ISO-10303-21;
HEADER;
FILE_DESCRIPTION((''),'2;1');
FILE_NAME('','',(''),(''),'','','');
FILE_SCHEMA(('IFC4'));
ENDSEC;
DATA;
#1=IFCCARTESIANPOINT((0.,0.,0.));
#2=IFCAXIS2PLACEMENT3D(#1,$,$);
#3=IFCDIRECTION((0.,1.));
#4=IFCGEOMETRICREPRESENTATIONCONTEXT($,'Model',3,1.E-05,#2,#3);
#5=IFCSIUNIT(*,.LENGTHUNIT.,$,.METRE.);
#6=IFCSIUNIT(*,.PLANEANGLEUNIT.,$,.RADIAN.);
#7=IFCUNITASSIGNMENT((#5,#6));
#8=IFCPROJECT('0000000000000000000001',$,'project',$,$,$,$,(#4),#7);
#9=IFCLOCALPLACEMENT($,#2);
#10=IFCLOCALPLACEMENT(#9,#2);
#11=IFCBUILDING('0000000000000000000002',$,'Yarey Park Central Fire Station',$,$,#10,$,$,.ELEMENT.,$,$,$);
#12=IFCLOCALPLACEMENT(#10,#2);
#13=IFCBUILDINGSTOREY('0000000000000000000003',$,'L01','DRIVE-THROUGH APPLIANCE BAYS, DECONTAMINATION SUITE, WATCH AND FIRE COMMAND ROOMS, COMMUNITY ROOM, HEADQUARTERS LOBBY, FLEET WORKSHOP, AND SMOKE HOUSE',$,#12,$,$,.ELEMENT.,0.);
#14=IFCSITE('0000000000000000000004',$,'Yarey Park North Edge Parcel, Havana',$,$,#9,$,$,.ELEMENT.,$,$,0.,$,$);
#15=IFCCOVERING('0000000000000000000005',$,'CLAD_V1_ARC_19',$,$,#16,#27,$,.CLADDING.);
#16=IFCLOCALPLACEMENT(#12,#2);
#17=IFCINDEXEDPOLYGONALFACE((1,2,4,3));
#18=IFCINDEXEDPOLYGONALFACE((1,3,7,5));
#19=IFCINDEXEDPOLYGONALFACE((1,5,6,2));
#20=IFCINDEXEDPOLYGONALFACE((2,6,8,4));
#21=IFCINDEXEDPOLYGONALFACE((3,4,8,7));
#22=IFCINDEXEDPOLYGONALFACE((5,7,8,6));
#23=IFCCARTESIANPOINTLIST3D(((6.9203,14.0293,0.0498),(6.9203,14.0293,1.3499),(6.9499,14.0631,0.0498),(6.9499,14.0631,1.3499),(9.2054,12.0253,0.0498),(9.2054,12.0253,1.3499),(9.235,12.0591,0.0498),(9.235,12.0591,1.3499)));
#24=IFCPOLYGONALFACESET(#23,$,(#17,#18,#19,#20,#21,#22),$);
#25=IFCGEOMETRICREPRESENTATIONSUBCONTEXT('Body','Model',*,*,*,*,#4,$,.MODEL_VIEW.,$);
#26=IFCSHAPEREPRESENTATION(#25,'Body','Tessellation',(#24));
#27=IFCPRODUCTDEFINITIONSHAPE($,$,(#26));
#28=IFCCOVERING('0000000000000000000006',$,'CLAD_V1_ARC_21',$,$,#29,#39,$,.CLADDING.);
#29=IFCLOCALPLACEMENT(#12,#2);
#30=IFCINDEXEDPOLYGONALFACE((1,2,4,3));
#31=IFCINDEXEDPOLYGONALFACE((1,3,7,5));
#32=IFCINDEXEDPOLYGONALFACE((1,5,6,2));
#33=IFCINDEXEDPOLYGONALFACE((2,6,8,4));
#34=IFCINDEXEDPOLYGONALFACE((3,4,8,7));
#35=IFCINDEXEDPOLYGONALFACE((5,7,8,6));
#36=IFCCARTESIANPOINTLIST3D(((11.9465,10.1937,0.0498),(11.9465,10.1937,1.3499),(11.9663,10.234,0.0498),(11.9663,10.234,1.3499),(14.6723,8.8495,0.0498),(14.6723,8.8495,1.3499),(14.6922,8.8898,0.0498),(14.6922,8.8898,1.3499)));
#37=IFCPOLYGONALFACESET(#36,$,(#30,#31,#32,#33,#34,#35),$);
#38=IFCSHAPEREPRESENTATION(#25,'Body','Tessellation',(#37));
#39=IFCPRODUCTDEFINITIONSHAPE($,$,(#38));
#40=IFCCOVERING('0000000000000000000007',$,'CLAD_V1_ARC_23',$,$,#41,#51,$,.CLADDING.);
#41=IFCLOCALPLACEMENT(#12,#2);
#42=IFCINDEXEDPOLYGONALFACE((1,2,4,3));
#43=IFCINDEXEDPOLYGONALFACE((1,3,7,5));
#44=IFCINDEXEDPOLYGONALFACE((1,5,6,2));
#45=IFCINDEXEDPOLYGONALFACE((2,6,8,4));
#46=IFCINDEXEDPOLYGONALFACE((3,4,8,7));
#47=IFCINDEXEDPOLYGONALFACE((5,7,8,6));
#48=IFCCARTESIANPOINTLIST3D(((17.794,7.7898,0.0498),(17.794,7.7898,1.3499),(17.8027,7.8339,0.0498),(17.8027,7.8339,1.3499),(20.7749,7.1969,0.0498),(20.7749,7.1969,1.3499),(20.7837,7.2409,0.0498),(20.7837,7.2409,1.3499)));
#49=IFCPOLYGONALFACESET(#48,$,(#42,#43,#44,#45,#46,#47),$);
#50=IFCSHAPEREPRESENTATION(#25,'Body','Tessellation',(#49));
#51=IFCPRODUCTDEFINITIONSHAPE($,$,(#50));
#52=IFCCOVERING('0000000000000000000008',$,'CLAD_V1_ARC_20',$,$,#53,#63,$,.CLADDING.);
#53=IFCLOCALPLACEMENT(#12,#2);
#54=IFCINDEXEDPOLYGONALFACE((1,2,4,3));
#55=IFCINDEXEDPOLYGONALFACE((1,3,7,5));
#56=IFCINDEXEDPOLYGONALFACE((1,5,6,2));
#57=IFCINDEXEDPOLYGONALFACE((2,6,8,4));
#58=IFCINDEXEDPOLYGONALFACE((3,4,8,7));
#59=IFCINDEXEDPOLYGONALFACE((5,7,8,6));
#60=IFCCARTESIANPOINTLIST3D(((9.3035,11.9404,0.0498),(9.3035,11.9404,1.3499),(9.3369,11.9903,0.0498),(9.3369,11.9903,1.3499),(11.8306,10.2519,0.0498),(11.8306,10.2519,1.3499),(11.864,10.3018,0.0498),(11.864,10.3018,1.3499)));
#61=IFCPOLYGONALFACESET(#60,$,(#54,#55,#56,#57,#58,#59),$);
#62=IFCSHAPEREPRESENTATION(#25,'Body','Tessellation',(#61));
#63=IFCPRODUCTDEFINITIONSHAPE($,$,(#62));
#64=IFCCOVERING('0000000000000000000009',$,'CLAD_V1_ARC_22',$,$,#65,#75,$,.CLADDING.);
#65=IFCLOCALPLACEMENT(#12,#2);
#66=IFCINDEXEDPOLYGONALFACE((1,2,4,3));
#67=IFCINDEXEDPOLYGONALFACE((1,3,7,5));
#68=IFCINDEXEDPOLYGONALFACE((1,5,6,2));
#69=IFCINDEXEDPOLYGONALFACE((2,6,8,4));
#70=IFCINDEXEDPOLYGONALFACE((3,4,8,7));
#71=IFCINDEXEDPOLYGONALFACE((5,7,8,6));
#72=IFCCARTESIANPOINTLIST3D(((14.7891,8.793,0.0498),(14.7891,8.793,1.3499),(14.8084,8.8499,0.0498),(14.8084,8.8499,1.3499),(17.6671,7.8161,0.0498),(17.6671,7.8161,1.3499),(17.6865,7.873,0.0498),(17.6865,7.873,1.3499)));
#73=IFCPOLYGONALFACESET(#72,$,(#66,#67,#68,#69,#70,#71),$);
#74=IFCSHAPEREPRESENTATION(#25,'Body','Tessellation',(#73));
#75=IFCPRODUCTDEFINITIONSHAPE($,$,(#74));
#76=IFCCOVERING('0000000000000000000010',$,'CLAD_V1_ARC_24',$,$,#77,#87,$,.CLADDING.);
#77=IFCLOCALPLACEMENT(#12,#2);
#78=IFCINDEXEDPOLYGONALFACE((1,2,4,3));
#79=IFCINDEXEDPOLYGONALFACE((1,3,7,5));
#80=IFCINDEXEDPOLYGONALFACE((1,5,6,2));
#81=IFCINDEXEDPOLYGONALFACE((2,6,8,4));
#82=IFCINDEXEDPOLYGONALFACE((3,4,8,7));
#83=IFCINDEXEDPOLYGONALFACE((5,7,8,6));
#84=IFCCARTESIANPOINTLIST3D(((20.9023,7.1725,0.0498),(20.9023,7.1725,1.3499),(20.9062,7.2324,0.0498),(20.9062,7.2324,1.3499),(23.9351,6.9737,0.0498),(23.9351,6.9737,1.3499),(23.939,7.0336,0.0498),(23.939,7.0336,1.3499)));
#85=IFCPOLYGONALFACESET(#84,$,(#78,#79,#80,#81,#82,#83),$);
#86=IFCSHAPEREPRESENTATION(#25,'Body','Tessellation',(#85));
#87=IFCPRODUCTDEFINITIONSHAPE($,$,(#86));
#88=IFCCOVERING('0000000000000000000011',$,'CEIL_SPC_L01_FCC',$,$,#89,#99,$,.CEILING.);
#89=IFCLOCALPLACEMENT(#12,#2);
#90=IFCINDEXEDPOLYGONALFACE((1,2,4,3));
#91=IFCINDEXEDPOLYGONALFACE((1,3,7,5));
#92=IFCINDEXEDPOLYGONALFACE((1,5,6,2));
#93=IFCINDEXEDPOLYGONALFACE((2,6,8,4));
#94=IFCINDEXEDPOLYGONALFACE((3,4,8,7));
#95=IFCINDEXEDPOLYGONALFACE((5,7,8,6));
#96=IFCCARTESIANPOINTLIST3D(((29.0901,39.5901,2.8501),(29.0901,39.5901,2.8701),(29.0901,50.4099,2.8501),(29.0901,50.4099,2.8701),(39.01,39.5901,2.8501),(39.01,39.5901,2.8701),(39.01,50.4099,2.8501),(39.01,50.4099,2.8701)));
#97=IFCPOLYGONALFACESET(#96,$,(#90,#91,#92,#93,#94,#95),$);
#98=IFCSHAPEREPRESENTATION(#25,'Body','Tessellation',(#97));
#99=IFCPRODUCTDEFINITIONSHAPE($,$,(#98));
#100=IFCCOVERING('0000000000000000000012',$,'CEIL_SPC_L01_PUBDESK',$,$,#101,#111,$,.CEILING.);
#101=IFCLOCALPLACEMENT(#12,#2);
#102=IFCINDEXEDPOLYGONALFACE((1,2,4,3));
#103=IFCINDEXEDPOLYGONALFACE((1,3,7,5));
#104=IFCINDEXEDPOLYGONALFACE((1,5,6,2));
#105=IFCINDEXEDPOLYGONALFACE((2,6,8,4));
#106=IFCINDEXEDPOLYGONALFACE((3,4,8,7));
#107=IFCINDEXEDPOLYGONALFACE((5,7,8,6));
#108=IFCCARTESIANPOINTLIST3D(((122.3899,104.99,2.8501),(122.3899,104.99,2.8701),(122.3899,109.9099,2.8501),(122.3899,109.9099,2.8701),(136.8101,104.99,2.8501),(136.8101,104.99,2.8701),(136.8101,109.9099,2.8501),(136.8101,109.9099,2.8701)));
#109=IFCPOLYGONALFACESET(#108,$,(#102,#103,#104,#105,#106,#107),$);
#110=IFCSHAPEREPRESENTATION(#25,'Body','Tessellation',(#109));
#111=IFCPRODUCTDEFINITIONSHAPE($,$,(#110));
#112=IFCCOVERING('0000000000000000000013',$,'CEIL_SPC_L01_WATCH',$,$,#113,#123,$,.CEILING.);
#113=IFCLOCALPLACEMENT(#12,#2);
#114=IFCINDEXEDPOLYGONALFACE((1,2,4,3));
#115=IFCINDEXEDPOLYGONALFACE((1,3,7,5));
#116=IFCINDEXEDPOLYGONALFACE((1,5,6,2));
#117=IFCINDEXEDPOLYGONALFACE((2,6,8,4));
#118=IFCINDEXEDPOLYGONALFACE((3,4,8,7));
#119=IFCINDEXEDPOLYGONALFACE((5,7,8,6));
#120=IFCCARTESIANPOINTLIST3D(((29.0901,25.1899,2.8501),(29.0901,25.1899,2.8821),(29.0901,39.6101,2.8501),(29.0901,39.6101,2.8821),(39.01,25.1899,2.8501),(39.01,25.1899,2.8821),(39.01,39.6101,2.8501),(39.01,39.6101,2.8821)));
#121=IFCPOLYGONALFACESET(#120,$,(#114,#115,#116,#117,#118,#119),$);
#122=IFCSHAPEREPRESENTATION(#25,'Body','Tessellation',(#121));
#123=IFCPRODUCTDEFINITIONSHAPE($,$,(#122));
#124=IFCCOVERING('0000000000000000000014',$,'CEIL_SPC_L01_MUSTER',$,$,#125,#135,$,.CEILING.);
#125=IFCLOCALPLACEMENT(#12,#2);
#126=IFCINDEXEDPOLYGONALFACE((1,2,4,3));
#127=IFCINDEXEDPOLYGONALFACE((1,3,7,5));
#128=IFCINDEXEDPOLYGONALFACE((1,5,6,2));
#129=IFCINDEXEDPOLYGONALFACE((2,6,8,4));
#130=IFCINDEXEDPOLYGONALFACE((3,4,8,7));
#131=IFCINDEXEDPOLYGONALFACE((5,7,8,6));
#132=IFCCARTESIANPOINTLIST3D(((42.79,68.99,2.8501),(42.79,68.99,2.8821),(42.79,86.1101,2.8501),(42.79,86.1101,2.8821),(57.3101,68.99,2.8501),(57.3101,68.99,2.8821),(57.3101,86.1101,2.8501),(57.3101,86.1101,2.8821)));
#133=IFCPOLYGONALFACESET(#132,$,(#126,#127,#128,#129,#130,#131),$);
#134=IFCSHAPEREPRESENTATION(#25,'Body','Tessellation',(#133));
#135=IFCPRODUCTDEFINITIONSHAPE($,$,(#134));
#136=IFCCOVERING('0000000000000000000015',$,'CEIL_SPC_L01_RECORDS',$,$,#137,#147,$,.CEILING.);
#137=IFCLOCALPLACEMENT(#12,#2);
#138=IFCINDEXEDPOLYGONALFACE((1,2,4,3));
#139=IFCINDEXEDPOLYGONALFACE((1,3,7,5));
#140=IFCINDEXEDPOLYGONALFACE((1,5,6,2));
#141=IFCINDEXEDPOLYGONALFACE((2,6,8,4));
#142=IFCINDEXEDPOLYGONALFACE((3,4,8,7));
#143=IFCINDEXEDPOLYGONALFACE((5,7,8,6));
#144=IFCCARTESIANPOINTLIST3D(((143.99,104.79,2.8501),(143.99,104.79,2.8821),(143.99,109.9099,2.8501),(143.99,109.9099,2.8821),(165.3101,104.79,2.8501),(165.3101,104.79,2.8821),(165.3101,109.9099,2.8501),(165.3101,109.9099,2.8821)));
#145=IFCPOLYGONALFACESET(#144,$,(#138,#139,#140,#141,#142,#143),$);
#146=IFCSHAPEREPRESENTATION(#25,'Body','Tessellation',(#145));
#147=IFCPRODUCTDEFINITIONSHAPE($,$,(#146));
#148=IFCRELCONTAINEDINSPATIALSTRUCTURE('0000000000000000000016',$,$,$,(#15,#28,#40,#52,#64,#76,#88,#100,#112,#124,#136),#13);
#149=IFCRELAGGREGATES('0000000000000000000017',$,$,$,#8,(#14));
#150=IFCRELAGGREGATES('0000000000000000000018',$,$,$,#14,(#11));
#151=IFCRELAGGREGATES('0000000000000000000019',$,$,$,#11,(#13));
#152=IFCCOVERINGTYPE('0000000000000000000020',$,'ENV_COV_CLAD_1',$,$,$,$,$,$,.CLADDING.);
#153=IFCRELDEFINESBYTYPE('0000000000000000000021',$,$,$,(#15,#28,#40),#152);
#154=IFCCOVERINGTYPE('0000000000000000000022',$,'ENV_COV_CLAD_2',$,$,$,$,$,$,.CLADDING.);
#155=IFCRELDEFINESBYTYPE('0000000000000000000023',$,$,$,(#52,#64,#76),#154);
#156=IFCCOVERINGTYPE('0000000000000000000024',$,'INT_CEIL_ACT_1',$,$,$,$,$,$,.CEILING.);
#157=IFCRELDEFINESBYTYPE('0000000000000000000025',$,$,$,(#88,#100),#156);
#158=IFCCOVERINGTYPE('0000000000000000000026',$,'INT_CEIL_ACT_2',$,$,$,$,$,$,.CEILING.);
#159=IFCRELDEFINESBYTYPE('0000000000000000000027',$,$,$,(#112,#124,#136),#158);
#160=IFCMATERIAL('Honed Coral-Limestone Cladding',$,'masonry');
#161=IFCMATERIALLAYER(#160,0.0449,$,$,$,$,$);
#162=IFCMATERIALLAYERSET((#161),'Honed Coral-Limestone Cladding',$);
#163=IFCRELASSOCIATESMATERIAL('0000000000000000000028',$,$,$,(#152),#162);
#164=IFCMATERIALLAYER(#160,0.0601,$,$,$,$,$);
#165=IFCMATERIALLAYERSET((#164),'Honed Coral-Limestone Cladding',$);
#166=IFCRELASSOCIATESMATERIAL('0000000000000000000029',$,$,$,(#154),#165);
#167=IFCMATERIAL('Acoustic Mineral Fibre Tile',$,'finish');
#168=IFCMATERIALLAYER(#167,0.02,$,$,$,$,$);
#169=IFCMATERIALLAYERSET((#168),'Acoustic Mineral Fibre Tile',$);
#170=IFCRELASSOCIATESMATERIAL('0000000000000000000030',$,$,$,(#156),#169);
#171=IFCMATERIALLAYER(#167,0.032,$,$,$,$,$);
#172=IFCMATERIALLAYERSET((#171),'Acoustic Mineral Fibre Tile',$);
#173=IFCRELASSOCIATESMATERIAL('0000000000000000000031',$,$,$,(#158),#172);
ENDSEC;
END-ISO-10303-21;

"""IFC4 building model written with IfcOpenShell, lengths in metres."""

from ifc_helpers import new_model, si_unit, direction, frame, origin, origin_2d, place, context, subcontext, project, spatial, polyline, rectangle, outline, extrude, material, layer, layer_set, type_object, element, save


model = new_model("IFC4")

# Units and contexts
model_context = context("Model", 3, precision=1e-05, world=origin(), true_north=direction((0.0, 1.0)))
body_context = subcontext(model_context, "Body", "Model", "MODEL_VIEW")
ifc_project = project(units=[si_unit("LENGTHUNIT", "METRE"), si_unit("PLANEANGLEUNIT", "RADIAN")], contexts=[model_context])

# Site, building, storey
site_placement = place(None, origin())
site = spatial("IfcSite", under=ifc_project, at=site_placement, Name="Yarey Park North Edge Parcel, Havana", CompositionType="ELEMENT", RefElevation=0.0)
building_placement = place(site_placement, origin())
building = spatial("IfcBuilding", under=site, at=building_placement, Name="Yarey Park Central Fire Station", CompositionType="ELEMENT")
storey_placement = place(building_placement, origin())
storey = spatial("IfcBuildingStorey", under=building, at=storey_placement, Name="L01", Description="DRIVE-THROUGH APPLIANCE BAYS, DECONTAMINATION SUITE, WATCH AND FIRE COMMAND ROOMS, COMMUNITY ROOM, HEADQUARTERS LOBBY, FLEET WORKSHOP, AND SMOKE HOUSE", CompositionType="ELEMENT", Elevation=0.0)

# Coverings
ifc_material_1 = material(Name="Honed Coral-Limestone Cladding", Category="masonry")
ifc_layer_1 = layer(ifc_material_1, 0.0449)
ifc_layer_set_1 = layer_set([ifc_layer_1], Name="Honed Coral-Limestone Cladding")
covering_type_1 = type_object("IfcCoveringType", Name="ENV_COV_CLAD_1", PredefinedType="CLADDING", material=ifc_layer_set_1)
for number, where, z_axis, x_axis, name in (
    (1, (8.0776, 13.0442, 0.0498), (0.0, 0.0, 1.0), (0.75184, -0.659346, 0.0), "CLAD_V1_ARC_19"),
    (2, (13.3193, 9.5417, 0.0498), (0.0, 0.0, 1.0), (0.896873, -0.442289, 0.0), "CLAD_V1_ARC_21"),
    (3, (19.2888, 7.5154, 0.0498), (0.0, 0.0, 1.0), (0.980785, -0.19509, 0.0), "CLAD_V1_ARC_23"),
):
    element("IfcCovering", number, at=place(storey_placement, frame(where, z_axis=z_axis, x_axis=x_axis)), inside=storey, type_object=covering_type_1, Name=name, PredefinedType="CLADDING", context=body_context, shape_type="SweptSolid", body=[
        extrude(rectangle(XDim=3.0393, YDim=0.0449, at=origin_2d()), origin(), (0.0, 0.0, 1.0), 1.3),
    ])
ifc_layer_2 = layer(ifc_material_1, 0.0601)
ifc_layer_set_2 = layer_set([ifc_layer_2], Name="Honed Coral-Limestone Cladding")
covering_type_2 = type_object("IfcCoveringType", Name="ENV_COV_CLAD_2", PredefinedType="CLADDING", material=ifc_layer_set_2)
for number, where, z_axis, x_axis, name in (
    (4, (10.5837, 11.1211, 0.0498), (0.0, 0.0, 1.0), (0.83147, -0.55557, 0.0), "CLAD_V1_ARC_20"),
    (5, (16.2378, 8.333, 0.0498), (0.0, 0.0, 1.0), (0.94693, -0.321439, 0.0), "CLAD_V1_ARC_22"),
    (6, (22.4207, 7.103, 0.0498), (0.0, 0.0, 1.0), (0.997859, -0.065403, 0.0), "CLAD_V1_ARC_24"),
):
    element("IfcCovering", number, at=place(storey_placement, frame(where, z_axis=z_axis, x_axis=x_axis)), inside=storey, type_object=covering_type_2, Name=name, PredefinedType="CLADDING", context=body_context, shape_type="SweptSolid", body=[
        extrude(rectangle(XDim=3.0393, YDim=0.0601, at=origin_2d()), origin(), (0.0, 0.0, 1.0), 1.3),
    ])
ifc_material_2 = material(Name="Acoustic Mineral Fibre Tile", Category="finish")
ifc_layer_3 = layer(ifc_material_2, 0.02)
ifc_layer_set_3 = layer_set([ifc_layer_3], Name="Acoustic Mineral Fibre Tile")
covering_type_3 = type_object("IfcCoveringType", Name="INT_CEIL_ACT_1", PredefinedType="CEILING", material=ifc_layer_set_3)
covering_1_placement = place(storey_placement, frame((0.0, 0.0, 2.8501)))
element("IfcCovering", 7, at=covering_1_placement, inside=storey, type_object=covering_type_3, Name="CEIL_SPC_L01_FCC", PredefinedType="CEILING", context=body_context, shape_type="SweptSolid", body=[
    extrude(outline(polyline([(29.0901, 39.5901), (39.01, 39.5901), (39.01, 50.4099), (29.0901, 50.4099), (29.0901, 39.5901)])), origin(), (0.0, 0.0, 1.0), 0.02),
])
covering_2_placement = place(storey_placement, frame((0.0, 0.0, 2.8501)))
element("IfcCovering", 8, at=covering_2_placement, inside=storey, type_object=covering_type_3, Name="CEIL_SPC_L01_PUBDESK", PredefinedType="CEILING", context=body_context, shape_type="SweptSolid", body=[
    extrude(outline(polyline([(122.3899, 104.99), (136.8101, 104.99), (136.8101, 109.9099), (122.3899, 109.9099), (122.3899, 104.99)])), origin(), (0.0, 0.0, 1.0), 0.02),
])
ifc_layer_4 = layer(ifc_material_2, 0.032)
ifc_layer_set_4 = layer_set([ifc_layer_4], Name="Acoustic Mineral Fibre Tile")
covering_type_4 = type_object("IfcCoveringType", Name="INT_CEIL_ACT_2", PredefinedType="CEILING", material=ifc_layer_set_4)
covering_3_placement = place(storey_placement, frame((0.0, 0.0, 2.8501)))
element("IfcCovering", 9, at=covering_3_placement, inside=storey, type_object=covering_type_4, Name="CEIL_SPC_L01_WATCH", PredefinedType="CEILING", context=body_context, shape_type="SweptSolid", body=[
    extrude(outline(polyline([(29.0901, 25.1899), (39.01, 25.1899), (39.01, 39.6101), (29.0901, 39.6101), (29.0901, 25.1899)])), origin(), (0.0, 0.0, 1.0), 0.032),
])
covering_4_placement = place(storey_placement, frame((0.0, 0.0, 2.8501)))
element("IfcCovering", 10, at=covering_4_placement, inside=storey, type_object=covering_type_4, Name="CEIL_SPC_L01_MUSTER", PredefinedType="CEILING", context=body_context, shape_type="SweptSolid", body=[
    extrude(outline(polyline([(42.79, 68.99), (57.3101, 68.99), (57.3101, 86.1101), (42.79, 86.1101), (42.79, 68.99)])), origin(), (0.0, 0.0, 1.0), 0.032),
])
covering_5_placement = place(storey_placement, frame((0.0, 0.0, 2.8501)))
element("IfcCovering", 11, at=covering_5_placement, inside=storey, type_object=covering_type_4, Name="CEIL_SPC_L01_RECORDS", PredefinedType="CEILING", context=body_context, shape_type="SweptSolid", body=[
    extrude(outline(polyline([(143.99, 104.79), (165.3101, 104.79), (165.3101, 109.9099), (143.99, 109.9099), (143.99, 104.79)])), origin(), (0.0, 0.0, 1.0), 0.032),
])

save(model, "model.ifc")
